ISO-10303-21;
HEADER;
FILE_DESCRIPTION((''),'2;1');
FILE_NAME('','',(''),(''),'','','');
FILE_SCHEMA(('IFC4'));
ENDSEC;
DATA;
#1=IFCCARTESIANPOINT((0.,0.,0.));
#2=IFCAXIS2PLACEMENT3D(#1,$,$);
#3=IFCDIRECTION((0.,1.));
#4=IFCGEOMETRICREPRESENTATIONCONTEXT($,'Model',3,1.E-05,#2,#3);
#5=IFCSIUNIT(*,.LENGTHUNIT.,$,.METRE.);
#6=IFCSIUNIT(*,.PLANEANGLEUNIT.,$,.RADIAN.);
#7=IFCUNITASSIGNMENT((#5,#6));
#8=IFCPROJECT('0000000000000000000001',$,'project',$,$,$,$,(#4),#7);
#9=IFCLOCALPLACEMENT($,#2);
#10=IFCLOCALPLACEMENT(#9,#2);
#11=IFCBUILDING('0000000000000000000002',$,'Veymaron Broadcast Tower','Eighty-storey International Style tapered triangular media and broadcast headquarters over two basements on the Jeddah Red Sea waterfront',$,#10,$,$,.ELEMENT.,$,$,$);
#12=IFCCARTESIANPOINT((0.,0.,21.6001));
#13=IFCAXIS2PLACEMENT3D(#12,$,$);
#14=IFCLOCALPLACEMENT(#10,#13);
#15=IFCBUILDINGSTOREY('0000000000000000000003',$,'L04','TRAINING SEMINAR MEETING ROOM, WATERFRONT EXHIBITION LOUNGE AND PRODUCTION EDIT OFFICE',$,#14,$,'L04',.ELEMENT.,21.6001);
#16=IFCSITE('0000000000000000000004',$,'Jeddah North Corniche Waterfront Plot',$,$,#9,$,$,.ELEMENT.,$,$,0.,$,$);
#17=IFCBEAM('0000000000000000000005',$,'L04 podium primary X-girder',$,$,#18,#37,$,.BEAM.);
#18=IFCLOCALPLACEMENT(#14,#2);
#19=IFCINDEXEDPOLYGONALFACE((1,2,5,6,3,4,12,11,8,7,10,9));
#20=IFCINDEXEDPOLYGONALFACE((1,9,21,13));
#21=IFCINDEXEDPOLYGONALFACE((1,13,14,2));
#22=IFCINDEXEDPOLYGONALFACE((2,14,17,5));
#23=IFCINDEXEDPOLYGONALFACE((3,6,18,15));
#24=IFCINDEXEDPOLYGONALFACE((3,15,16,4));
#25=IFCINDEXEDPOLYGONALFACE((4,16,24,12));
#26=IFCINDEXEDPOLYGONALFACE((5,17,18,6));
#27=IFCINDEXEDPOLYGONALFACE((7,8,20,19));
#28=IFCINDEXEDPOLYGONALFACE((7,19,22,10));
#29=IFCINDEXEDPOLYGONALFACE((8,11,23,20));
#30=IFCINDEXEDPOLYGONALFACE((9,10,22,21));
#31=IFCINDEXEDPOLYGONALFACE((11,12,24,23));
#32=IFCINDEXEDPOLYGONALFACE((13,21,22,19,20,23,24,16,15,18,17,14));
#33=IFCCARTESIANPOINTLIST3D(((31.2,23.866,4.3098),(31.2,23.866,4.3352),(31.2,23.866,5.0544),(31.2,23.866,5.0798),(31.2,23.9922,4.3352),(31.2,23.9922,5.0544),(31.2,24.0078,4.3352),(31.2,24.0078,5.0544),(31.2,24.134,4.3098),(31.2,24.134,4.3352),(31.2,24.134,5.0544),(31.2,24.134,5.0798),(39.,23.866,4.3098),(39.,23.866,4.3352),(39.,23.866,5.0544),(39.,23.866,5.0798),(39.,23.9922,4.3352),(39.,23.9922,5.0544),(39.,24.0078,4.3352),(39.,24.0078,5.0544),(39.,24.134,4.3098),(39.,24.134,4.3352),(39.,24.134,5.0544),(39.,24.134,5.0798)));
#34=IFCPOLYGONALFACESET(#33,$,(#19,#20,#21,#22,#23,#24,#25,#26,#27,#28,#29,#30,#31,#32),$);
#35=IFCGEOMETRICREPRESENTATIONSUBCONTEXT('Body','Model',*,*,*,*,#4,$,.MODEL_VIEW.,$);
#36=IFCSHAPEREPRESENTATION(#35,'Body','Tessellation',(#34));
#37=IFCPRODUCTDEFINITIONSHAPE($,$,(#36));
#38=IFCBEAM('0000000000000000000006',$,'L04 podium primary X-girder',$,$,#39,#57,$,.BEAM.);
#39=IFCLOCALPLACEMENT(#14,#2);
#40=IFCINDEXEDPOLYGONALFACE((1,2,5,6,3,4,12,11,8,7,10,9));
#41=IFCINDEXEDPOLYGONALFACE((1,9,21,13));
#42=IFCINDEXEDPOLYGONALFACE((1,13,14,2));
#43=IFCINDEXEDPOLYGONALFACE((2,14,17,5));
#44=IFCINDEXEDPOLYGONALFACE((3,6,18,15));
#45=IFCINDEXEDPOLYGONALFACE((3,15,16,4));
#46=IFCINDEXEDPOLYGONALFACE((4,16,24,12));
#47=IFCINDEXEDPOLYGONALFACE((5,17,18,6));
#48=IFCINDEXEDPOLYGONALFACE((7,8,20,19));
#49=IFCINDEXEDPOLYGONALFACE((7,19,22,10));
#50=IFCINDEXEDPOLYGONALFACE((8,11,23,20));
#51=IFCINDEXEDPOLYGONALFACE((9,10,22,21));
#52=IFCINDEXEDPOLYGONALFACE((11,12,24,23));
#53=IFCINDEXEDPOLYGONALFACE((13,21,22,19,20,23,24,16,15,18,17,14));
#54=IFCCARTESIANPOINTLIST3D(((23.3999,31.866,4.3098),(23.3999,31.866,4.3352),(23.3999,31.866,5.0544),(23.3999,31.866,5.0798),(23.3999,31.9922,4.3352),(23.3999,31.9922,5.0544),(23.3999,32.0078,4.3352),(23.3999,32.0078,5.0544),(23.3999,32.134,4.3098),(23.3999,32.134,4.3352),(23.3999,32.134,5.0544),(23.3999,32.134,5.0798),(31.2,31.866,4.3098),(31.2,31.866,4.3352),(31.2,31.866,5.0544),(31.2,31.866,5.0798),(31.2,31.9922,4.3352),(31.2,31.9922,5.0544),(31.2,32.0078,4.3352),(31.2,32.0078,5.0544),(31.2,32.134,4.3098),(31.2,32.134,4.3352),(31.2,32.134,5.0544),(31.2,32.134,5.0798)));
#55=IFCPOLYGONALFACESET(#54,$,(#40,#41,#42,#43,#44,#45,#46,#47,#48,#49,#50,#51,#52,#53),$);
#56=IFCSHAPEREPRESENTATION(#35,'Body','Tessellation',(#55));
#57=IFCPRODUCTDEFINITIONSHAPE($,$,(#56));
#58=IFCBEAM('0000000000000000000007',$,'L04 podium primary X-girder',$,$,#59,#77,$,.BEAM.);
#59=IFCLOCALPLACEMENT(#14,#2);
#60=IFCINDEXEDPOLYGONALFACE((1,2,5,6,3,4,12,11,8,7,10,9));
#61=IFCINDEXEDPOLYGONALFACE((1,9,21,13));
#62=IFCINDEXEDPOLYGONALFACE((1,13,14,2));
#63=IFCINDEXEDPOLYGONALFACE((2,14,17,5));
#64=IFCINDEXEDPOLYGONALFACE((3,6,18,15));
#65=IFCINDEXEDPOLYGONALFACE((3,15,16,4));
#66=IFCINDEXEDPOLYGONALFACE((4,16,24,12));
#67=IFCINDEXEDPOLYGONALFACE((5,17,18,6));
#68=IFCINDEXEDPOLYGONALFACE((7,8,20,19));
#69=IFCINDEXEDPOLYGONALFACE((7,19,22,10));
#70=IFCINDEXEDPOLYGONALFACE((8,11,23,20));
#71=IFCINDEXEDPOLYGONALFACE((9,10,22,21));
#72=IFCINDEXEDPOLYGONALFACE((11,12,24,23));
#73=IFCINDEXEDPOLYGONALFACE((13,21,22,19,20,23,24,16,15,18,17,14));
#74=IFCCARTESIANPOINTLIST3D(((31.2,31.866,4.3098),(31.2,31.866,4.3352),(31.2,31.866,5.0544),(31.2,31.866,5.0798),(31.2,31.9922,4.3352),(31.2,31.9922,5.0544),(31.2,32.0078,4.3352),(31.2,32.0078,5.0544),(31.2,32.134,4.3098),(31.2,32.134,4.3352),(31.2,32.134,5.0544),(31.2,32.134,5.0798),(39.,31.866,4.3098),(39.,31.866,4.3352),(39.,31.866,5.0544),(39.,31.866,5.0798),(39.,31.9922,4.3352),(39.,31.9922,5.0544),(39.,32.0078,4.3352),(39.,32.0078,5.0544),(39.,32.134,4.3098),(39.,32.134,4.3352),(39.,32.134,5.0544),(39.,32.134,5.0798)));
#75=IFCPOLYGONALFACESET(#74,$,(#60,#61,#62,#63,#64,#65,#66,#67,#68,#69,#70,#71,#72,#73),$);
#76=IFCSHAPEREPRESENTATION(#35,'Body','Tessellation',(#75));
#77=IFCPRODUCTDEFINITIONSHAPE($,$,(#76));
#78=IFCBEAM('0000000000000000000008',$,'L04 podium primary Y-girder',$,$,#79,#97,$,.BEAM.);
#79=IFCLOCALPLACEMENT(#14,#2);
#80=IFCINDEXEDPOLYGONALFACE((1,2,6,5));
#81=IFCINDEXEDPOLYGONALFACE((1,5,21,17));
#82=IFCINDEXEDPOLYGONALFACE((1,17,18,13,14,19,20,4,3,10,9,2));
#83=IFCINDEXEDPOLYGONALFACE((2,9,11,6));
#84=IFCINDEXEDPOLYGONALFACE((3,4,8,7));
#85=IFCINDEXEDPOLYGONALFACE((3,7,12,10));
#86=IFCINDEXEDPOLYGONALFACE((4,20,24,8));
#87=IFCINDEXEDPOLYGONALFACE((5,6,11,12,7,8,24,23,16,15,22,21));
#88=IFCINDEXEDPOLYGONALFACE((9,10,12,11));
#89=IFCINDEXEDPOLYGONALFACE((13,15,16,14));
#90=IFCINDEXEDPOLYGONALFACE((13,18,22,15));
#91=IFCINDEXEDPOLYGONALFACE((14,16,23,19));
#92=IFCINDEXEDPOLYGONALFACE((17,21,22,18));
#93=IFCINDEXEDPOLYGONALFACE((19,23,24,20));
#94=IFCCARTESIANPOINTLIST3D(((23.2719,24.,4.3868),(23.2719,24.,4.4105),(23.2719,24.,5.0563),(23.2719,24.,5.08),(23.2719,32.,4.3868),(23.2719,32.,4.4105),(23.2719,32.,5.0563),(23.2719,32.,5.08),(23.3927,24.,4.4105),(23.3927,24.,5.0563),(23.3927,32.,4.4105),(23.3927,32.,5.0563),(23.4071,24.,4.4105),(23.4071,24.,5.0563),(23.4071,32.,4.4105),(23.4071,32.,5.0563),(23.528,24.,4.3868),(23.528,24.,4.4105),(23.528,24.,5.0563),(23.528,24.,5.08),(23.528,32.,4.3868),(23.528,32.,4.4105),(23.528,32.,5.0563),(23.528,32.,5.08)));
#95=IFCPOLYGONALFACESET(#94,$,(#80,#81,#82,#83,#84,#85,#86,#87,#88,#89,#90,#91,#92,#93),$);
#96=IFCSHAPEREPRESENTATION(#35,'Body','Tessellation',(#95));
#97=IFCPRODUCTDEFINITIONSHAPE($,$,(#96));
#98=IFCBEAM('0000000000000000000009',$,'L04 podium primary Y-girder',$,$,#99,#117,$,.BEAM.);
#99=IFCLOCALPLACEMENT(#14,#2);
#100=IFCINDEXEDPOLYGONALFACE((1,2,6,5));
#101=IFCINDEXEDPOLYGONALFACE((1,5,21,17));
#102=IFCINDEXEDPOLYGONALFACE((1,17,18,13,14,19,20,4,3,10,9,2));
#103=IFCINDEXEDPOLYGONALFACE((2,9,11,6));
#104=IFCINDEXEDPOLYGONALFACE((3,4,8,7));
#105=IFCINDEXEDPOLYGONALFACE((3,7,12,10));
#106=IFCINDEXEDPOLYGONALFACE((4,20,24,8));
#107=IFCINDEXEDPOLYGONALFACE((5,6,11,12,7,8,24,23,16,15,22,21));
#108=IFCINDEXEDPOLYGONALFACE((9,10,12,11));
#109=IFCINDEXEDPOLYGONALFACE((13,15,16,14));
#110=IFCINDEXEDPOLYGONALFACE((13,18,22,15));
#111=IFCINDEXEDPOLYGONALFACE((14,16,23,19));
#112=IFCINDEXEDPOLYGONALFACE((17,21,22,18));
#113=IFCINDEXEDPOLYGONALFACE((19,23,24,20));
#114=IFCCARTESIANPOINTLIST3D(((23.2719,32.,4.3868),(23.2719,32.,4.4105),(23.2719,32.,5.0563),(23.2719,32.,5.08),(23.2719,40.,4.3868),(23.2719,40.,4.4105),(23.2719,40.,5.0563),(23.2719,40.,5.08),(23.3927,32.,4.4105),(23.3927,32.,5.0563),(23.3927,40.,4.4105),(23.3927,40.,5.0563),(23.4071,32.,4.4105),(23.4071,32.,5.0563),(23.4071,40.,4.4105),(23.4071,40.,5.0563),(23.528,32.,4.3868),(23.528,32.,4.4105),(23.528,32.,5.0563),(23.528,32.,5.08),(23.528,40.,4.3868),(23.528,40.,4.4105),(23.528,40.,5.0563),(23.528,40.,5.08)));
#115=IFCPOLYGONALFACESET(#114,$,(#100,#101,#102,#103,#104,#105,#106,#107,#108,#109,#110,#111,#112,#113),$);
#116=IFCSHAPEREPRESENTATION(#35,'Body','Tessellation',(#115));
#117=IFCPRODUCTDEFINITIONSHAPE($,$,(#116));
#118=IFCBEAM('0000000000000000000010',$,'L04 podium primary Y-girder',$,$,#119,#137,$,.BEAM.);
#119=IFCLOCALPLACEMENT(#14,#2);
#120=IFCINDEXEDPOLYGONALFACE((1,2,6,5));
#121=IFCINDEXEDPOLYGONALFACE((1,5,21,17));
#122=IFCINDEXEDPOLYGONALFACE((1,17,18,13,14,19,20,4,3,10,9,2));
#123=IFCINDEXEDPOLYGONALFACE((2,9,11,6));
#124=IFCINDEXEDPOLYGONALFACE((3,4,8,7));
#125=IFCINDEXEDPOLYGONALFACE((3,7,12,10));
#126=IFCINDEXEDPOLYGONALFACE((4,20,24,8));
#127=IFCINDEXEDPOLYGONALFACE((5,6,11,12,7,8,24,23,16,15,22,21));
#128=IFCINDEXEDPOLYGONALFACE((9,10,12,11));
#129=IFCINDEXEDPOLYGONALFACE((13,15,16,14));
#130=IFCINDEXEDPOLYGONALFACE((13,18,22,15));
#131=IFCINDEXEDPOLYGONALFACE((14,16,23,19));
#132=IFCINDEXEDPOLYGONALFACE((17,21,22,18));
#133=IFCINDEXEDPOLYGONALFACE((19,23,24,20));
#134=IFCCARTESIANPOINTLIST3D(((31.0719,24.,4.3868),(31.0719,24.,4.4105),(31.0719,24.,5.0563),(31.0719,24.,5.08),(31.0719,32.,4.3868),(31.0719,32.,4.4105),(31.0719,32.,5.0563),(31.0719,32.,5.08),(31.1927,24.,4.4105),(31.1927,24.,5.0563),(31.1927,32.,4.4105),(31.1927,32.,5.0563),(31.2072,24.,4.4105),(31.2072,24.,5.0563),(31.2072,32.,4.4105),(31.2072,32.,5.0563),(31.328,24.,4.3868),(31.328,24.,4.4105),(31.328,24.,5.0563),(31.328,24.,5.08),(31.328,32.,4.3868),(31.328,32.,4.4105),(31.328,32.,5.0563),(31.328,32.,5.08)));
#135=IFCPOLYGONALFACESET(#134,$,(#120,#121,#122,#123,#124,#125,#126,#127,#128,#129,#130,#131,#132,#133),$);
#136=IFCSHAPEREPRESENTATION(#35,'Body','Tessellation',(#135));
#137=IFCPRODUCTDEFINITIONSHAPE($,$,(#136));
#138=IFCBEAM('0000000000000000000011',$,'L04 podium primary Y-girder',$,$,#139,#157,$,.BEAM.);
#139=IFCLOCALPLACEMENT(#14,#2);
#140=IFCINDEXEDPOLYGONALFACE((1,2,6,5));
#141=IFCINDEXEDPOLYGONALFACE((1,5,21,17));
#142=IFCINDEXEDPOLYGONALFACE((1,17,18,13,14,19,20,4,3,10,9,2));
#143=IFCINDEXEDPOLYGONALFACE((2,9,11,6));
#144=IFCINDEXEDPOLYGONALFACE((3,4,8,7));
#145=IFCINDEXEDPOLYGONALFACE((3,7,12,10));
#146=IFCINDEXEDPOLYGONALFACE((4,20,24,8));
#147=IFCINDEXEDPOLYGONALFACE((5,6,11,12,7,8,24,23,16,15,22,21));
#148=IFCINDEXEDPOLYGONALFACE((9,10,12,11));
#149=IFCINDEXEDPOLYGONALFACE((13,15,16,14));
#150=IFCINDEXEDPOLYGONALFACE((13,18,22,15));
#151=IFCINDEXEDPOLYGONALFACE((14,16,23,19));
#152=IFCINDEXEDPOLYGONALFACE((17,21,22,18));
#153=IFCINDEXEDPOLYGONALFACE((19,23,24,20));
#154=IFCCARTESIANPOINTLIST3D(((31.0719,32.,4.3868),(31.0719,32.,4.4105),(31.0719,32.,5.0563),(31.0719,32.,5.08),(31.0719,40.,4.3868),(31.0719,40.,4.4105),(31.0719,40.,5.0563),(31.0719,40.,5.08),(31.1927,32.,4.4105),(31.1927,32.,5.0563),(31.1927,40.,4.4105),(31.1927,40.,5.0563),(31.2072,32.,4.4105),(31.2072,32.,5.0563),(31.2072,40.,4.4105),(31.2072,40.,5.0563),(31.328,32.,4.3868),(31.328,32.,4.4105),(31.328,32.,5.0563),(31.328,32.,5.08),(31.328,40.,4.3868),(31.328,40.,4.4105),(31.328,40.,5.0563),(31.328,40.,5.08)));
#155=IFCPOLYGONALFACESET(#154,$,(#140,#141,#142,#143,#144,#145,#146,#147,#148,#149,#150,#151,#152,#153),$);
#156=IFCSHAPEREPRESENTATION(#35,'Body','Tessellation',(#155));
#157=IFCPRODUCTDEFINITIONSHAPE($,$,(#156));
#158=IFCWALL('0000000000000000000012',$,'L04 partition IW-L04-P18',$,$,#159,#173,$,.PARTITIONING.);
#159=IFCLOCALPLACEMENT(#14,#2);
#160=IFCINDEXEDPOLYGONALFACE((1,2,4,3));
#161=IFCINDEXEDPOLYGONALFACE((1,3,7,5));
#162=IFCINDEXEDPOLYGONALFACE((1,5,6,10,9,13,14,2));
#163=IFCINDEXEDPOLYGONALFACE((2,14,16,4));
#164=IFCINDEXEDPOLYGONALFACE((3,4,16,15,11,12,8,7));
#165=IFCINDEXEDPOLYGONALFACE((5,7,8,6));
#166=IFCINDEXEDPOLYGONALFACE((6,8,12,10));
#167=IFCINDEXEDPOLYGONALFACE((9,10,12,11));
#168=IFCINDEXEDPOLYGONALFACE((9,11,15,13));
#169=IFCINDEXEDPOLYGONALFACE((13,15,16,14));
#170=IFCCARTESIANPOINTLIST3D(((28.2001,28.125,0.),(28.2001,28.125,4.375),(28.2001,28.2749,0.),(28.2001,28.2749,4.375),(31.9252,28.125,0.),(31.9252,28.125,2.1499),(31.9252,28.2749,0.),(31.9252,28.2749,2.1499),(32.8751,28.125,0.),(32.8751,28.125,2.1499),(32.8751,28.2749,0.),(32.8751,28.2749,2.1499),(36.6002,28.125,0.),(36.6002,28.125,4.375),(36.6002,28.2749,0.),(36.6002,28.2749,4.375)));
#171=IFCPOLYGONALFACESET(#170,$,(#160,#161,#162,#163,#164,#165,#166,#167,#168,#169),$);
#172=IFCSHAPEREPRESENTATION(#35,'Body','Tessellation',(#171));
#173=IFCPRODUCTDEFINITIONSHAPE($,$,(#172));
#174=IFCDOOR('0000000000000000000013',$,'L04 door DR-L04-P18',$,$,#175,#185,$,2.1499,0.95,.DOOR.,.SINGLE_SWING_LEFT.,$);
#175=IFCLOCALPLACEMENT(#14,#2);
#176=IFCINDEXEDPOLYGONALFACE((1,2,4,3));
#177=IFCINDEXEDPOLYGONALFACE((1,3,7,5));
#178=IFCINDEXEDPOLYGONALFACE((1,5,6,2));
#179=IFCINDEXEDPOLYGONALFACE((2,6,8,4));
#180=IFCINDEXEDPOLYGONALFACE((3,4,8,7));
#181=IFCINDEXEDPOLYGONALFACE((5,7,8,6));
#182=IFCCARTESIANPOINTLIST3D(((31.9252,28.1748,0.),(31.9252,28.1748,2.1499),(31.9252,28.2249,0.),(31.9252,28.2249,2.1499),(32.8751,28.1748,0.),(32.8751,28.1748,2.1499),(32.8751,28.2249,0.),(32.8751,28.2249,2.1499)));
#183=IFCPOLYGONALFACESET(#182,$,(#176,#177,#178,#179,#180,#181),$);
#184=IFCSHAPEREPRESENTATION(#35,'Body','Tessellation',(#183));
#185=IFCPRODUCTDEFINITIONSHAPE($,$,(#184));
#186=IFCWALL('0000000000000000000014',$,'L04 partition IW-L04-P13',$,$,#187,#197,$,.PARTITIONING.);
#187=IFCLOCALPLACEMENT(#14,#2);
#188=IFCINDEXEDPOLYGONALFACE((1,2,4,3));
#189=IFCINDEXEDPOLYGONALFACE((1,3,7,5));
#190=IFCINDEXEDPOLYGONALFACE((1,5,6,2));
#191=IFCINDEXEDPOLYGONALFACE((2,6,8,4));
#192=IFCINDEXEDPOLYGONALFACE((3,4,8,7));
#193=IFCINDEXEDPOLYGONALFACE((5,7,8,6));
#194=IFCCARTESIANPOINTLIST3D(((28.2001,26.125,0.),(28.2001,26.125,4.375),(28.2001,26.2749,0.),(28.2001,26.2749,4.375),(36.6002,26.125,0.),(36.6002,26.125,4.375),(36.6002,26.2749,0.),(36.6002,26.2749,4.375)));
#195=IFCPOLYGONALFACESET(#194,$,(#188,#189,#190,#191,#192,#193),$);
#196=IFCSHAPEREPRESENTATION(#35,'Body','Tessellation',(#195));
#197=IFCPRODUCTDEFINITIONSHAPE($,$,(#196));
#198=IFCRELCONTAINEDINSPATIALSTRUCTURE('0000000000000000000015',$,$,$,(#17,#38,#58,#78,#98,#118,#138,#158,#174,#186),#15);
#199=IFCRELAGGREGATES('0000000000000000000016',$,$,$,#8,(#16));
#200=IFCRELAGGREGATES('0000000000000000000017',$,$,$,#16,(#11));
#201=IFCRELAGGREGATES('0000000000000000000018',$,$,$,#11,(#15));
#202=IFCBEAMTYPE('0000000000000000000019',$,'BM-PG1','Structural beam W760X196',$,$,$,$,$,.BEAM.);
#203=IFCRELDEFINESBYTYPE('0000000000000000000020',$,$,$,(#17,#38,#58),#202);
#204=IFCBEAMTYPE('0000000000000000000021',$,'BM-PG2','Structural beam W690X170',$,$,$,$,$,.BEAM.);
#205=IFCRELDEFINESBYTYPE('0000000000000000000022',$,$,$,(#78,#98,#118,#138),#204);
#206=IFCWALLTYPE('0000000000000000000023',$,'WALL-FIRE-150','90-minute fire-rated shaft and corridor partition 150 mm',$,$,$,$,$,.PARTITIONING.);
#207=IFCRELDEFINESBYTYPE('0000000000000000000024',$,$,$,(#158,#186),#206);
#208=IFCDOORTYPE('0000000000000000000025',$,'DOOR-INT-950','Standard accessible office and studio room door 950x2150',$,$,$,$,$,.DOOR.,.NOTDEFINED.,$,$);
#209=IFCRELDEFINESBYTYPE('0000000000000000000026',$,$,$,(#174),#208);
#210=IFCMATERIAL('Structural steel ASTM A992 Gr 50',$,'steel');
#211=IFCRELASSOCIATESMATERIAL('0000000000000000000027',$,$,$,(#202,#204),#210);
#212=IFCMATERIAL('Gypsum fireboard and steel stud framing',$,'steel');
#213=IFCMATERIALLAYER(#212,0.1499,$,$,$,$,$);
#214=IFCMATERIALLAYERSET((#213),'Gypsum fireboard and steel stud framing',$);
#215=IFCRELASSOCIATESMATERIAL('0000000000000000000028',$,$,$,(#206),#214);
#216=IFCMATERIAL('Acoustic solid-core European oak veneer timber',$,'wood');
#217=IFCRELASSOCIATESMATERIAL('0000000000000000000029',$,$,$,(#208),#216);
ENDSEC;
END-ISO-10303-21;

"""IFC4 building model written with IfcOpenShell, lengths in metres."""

from ifc_helpers import new_model, si_unit, direction, frame, frame_2d, origin, origin_2d, place, context, subcontext, project, spatial, rectangle, i_section, extrude, material, layer, layer_set, material_profile, profile_set, type_object, element, fill, save


model = new_model("IFC4")

# Units and contexts
model_context = context("Model", 3, precision=1e-05, world=origin(), true_north=direction((0.0, 1.0)))
body_context = subcontext(model_context, "Body", "Model", "MODEL_VIEW")
ifc_project = project(units=[si_unit("LENGTHUNIT", "METRE"), si_unit("PLANEANGLEUNIT", "RADIAN")], contexts=[model_context])

# Site, building, storey
site_placement = place(None, origin())
site = spatial("IfcSite", under=ifc_project, at=site_placement, Name="Jeddah North Corniche Waterfront Plot", CompositionType="ELEMENT", RefElevation=0.0)
building_placement = place(site_placement, origin())
building = spatial("IfcBuilding", under=site, at=building_placement, Name="Veymaron Broadcast Tower", Description="Eighty-storey International Style tapered triangular media and broadcast headquarters over two basements on the Jeddah Red Sea waterfront", CompositionType="ELEMENT")
storey_placement = place(building_placement, frame((0.0, 0.0, 21.6001)))
storey = spatial("IfcBuildingStorey", under=building, at=storey_placement, Name="L04", Description="TRAINING SEMINAR MEETING ROOM, WATERFRONT EXHIBITION LOUNGE AND PRODUCTION EDIT OFFICE", LongName="L04", CompositionType="ELEMENT", Elevation=21.6001)

# Beams
ifc_material_1 = material(Name="Structural steel ASTM A992 Gr 50", Category="steel")
ifc_material_profile_1 = material_profile(ifc_material_1, i_section(OverallWidth=0.2681, OverallDepth=0.77, WebThickness=0.0156, FlangeThickness=0.0254, at=origin_2d()), Name="W760X196")
ifc_profile_set_1 = profile_set([ifc_material_profile_1], Name="Structural steel ASTM A992 Gr 50")
beam_type_1 = type_object("IfcBeamType", Name="BM-PG1", Description="Structural beam W760X196", PredefinedType="BEAM", material=ifc_profile_set_1)
for number, where, z_axis, x_axis, name in (
    (1, (31.2, 24.0, 4.6948), (1.0, 0.0, 0.0), (0.0, 1.0, 0.0), "L04 podium primary X-girder"),
    (2, (23.3999, 32.0, 4.6948), (1.0, 0.0, 0.0), (0.0, 1.0, 0.0), "L04 podium primary X-girder"),
    (3, (31.2, 32.0, 4.6948), (1.0, 0.0, 0.0), (0.0, 1.0, 0.0), "L04 podium primary X-girder"),
):
    element("IfcBeam", number, at=place(storey_placement, frame(where, z_axis=z_axis, x_axis=x_axis)), inside=storey, type_object=beam_type_1, Name=name, PredefinedType="BEAM", context=body_context, shape_type="SweptSolid", body=[
        extrude(i_section(OverallWidth=0.2681, OverallDepth=0.77, WebThickness=0.0156, FlangeThickness=0.0254, at=origin_2d()), origin(), (0.0, 0.0, 1.0), 7.8),
    ])
ifc_material_profile_2 = material_profile(ifc_material_1, i_section(OverallWidth=0.2561, OverallDepth=0.6931, WebThickness=0.0144, FlangeThickness=0.0237, at=origin_2d()), Name="W690X170")
ifc_profile_set_2 = profile_set([ifc_material_profile_2], Name="Structural steel ASTM A992 Gr 50")
beam_type_2 = type_object("IfcBeamType", Name="BM-PG2", Description="Structural beam W690X170", PredefinedType="BEAM", material=ifc_profile_set_2)
for number, where, z_axis, x_axis, name in (
    (4, (23.3999, 24.0, 4.7334), (0.0, 1.0, 0.0), (-1.0, 0.0, 0.0), "L04 podium primary Y-girder"),
    (5, (23.3999, 32.0, 4.7334), (0.0, 1.0, 0.0), (-1.0, 0.0, 0.0), "L04 podium primary Y-girder"),
    (6, (31.2, 24.0, 4.7334), (0.0, 1.0, 0.0), (-1.0, 0.0, 0.0), "L04 podium primary Y-girder"),
    (7, (31.2, 32.0, 4.7334), (0.0, 1.0, 0.0), (-1.0, 0.0, 0.0), "L04 podium primary Y-girder"),
):
    element("IfcBeam", number, at=place(storey_placement, frame(where, z_axis=z_axis, x_axis=x_axis)), inside=storey, type_object=beam_type_2, Name=name, PredefinedType="BEAM", context=body_context, shape_type="SweptSolid", body=[
        extrude(i_section(OverallWidth=0.2561, OverallDepth=0.6931, WebThickness=0.0144, FlangeThickness=0.0237, at=origin_2d()), origin(), (0.0, 0.0, 1.0), 8.0),
    ])

# Wall, opening, door
ifc_material_2 = material(Name="Gypsum fireboard and steel stud framing", Category="steel")
ifc_layer_1 = layer(ifc_material_2, 0.1499)
ifc_layer_set_1 = layer_set([ifc_layer_1], Name="Gypsum fireboard and steel stud framing")
wall_type_1 = type_object("IfcWallType", Name="WALL-FIRE-150", Description="90-minute fire-rated shaft and corridor partition 150 mm", PredefinedType="PARTITIONING", material=ifc_layer_set_1)
wall_1_placement = place(storey_placement, frame((28.2, 28.2, 0.0), z_axis=(0.0, 0.0, 1.0), x_axis=(1.0, 0.0, 0.0)))
wall_1 = element("IfcWall", 8, at=wall_1_placement, inside=storey, type_object=wall_type_1, Name="L04 partition IW-L04-P18", PredefinedType="PARTITIONING", context=body_context, shape_type="SweptSolid", body=[
    extrude(rectangle(XDim=8.4001, YDim=0.1499, at=frame_2d((4.2002, 0.0))), origin(), (0.0, 0.0, 1.0), 4.375),
])
opening_placement = place(wall_1_placement, frame((3.7251, 0.0, 0.0)))
opening = element("IfcOpeningElement", 9, at=opening_placement, cuts=wall_1, PredefinedType="OPENING", context=body_context, shape_type="SweptSolid", body=[
    extrude(rectangle(XDim=0.95, YDim=2.1499, at=frame_2d((0.4751, 1.075))), frame((0.0, 0.085, 0.0), z_axis=(0.0, -1.0, 0.0), x_axis=(1.0, 0.0, 0.0)), (0.0, 0.0, 1.0), 0.1699),
])
ifc_material_3 = material(Name="Acoustic solid-core European oak veneer timber", Category="wood")
door_type = type_object("IfcDoorType", Name="DOOR-INT-950", Description="Standard accessible office and studio room door 950x2150", OperationType="NOTDEFINED", PredefinedType="DOOR", material=ifc_material_3)
door_placement = place(opening_placement, origin())
door = element("IfcDoor", 10, at=door_placement, inside=storey, type_object=door_type, Name="L04 door DR-L04-P18", OperationType="SINGLE_SWING_LEFT", OverallHeight=2.1499, OverallWidth=0.95, PredefinedType="DOOR", context=body_context, shape_type="SweptSolid", body=[
    extrude(rectangle(XDim=0.95, YDim=2.1499, at=frame_2d((0.4751, 1.075))), frame((0.0, 0.0249, 0.0), z_axis=(0.0, -1.0, 0.0), x_axis=(1.0, 0.0, 0.0)), (0.0, 0.0, 1.0), 0.05),
])
fill(opening, door)

# Wall
wall_2_placement = place(storey_placement, frame((28.2, 26.2, 0.0), z_axis=(0.0, 0.0, 1.0), x_axis=(1.0, 0.0, 0.0)))
element("IfcWall", 11, at=wall_2_placement, inside=storey, type_object=wall_type_1, Name="L04 partition IW-L04-P13", PredefinedType="PARTITIONING", context=body_context, shape_type="SweptSolid", body=[
    extrude(rectangle(XDim=8.4001, YDim=0.1499, at=frame_2d((4.2002, 0.0))), origin(), (0.0, 0.0, 1.0), 4.375),
])

save(model, "model.ifc")
